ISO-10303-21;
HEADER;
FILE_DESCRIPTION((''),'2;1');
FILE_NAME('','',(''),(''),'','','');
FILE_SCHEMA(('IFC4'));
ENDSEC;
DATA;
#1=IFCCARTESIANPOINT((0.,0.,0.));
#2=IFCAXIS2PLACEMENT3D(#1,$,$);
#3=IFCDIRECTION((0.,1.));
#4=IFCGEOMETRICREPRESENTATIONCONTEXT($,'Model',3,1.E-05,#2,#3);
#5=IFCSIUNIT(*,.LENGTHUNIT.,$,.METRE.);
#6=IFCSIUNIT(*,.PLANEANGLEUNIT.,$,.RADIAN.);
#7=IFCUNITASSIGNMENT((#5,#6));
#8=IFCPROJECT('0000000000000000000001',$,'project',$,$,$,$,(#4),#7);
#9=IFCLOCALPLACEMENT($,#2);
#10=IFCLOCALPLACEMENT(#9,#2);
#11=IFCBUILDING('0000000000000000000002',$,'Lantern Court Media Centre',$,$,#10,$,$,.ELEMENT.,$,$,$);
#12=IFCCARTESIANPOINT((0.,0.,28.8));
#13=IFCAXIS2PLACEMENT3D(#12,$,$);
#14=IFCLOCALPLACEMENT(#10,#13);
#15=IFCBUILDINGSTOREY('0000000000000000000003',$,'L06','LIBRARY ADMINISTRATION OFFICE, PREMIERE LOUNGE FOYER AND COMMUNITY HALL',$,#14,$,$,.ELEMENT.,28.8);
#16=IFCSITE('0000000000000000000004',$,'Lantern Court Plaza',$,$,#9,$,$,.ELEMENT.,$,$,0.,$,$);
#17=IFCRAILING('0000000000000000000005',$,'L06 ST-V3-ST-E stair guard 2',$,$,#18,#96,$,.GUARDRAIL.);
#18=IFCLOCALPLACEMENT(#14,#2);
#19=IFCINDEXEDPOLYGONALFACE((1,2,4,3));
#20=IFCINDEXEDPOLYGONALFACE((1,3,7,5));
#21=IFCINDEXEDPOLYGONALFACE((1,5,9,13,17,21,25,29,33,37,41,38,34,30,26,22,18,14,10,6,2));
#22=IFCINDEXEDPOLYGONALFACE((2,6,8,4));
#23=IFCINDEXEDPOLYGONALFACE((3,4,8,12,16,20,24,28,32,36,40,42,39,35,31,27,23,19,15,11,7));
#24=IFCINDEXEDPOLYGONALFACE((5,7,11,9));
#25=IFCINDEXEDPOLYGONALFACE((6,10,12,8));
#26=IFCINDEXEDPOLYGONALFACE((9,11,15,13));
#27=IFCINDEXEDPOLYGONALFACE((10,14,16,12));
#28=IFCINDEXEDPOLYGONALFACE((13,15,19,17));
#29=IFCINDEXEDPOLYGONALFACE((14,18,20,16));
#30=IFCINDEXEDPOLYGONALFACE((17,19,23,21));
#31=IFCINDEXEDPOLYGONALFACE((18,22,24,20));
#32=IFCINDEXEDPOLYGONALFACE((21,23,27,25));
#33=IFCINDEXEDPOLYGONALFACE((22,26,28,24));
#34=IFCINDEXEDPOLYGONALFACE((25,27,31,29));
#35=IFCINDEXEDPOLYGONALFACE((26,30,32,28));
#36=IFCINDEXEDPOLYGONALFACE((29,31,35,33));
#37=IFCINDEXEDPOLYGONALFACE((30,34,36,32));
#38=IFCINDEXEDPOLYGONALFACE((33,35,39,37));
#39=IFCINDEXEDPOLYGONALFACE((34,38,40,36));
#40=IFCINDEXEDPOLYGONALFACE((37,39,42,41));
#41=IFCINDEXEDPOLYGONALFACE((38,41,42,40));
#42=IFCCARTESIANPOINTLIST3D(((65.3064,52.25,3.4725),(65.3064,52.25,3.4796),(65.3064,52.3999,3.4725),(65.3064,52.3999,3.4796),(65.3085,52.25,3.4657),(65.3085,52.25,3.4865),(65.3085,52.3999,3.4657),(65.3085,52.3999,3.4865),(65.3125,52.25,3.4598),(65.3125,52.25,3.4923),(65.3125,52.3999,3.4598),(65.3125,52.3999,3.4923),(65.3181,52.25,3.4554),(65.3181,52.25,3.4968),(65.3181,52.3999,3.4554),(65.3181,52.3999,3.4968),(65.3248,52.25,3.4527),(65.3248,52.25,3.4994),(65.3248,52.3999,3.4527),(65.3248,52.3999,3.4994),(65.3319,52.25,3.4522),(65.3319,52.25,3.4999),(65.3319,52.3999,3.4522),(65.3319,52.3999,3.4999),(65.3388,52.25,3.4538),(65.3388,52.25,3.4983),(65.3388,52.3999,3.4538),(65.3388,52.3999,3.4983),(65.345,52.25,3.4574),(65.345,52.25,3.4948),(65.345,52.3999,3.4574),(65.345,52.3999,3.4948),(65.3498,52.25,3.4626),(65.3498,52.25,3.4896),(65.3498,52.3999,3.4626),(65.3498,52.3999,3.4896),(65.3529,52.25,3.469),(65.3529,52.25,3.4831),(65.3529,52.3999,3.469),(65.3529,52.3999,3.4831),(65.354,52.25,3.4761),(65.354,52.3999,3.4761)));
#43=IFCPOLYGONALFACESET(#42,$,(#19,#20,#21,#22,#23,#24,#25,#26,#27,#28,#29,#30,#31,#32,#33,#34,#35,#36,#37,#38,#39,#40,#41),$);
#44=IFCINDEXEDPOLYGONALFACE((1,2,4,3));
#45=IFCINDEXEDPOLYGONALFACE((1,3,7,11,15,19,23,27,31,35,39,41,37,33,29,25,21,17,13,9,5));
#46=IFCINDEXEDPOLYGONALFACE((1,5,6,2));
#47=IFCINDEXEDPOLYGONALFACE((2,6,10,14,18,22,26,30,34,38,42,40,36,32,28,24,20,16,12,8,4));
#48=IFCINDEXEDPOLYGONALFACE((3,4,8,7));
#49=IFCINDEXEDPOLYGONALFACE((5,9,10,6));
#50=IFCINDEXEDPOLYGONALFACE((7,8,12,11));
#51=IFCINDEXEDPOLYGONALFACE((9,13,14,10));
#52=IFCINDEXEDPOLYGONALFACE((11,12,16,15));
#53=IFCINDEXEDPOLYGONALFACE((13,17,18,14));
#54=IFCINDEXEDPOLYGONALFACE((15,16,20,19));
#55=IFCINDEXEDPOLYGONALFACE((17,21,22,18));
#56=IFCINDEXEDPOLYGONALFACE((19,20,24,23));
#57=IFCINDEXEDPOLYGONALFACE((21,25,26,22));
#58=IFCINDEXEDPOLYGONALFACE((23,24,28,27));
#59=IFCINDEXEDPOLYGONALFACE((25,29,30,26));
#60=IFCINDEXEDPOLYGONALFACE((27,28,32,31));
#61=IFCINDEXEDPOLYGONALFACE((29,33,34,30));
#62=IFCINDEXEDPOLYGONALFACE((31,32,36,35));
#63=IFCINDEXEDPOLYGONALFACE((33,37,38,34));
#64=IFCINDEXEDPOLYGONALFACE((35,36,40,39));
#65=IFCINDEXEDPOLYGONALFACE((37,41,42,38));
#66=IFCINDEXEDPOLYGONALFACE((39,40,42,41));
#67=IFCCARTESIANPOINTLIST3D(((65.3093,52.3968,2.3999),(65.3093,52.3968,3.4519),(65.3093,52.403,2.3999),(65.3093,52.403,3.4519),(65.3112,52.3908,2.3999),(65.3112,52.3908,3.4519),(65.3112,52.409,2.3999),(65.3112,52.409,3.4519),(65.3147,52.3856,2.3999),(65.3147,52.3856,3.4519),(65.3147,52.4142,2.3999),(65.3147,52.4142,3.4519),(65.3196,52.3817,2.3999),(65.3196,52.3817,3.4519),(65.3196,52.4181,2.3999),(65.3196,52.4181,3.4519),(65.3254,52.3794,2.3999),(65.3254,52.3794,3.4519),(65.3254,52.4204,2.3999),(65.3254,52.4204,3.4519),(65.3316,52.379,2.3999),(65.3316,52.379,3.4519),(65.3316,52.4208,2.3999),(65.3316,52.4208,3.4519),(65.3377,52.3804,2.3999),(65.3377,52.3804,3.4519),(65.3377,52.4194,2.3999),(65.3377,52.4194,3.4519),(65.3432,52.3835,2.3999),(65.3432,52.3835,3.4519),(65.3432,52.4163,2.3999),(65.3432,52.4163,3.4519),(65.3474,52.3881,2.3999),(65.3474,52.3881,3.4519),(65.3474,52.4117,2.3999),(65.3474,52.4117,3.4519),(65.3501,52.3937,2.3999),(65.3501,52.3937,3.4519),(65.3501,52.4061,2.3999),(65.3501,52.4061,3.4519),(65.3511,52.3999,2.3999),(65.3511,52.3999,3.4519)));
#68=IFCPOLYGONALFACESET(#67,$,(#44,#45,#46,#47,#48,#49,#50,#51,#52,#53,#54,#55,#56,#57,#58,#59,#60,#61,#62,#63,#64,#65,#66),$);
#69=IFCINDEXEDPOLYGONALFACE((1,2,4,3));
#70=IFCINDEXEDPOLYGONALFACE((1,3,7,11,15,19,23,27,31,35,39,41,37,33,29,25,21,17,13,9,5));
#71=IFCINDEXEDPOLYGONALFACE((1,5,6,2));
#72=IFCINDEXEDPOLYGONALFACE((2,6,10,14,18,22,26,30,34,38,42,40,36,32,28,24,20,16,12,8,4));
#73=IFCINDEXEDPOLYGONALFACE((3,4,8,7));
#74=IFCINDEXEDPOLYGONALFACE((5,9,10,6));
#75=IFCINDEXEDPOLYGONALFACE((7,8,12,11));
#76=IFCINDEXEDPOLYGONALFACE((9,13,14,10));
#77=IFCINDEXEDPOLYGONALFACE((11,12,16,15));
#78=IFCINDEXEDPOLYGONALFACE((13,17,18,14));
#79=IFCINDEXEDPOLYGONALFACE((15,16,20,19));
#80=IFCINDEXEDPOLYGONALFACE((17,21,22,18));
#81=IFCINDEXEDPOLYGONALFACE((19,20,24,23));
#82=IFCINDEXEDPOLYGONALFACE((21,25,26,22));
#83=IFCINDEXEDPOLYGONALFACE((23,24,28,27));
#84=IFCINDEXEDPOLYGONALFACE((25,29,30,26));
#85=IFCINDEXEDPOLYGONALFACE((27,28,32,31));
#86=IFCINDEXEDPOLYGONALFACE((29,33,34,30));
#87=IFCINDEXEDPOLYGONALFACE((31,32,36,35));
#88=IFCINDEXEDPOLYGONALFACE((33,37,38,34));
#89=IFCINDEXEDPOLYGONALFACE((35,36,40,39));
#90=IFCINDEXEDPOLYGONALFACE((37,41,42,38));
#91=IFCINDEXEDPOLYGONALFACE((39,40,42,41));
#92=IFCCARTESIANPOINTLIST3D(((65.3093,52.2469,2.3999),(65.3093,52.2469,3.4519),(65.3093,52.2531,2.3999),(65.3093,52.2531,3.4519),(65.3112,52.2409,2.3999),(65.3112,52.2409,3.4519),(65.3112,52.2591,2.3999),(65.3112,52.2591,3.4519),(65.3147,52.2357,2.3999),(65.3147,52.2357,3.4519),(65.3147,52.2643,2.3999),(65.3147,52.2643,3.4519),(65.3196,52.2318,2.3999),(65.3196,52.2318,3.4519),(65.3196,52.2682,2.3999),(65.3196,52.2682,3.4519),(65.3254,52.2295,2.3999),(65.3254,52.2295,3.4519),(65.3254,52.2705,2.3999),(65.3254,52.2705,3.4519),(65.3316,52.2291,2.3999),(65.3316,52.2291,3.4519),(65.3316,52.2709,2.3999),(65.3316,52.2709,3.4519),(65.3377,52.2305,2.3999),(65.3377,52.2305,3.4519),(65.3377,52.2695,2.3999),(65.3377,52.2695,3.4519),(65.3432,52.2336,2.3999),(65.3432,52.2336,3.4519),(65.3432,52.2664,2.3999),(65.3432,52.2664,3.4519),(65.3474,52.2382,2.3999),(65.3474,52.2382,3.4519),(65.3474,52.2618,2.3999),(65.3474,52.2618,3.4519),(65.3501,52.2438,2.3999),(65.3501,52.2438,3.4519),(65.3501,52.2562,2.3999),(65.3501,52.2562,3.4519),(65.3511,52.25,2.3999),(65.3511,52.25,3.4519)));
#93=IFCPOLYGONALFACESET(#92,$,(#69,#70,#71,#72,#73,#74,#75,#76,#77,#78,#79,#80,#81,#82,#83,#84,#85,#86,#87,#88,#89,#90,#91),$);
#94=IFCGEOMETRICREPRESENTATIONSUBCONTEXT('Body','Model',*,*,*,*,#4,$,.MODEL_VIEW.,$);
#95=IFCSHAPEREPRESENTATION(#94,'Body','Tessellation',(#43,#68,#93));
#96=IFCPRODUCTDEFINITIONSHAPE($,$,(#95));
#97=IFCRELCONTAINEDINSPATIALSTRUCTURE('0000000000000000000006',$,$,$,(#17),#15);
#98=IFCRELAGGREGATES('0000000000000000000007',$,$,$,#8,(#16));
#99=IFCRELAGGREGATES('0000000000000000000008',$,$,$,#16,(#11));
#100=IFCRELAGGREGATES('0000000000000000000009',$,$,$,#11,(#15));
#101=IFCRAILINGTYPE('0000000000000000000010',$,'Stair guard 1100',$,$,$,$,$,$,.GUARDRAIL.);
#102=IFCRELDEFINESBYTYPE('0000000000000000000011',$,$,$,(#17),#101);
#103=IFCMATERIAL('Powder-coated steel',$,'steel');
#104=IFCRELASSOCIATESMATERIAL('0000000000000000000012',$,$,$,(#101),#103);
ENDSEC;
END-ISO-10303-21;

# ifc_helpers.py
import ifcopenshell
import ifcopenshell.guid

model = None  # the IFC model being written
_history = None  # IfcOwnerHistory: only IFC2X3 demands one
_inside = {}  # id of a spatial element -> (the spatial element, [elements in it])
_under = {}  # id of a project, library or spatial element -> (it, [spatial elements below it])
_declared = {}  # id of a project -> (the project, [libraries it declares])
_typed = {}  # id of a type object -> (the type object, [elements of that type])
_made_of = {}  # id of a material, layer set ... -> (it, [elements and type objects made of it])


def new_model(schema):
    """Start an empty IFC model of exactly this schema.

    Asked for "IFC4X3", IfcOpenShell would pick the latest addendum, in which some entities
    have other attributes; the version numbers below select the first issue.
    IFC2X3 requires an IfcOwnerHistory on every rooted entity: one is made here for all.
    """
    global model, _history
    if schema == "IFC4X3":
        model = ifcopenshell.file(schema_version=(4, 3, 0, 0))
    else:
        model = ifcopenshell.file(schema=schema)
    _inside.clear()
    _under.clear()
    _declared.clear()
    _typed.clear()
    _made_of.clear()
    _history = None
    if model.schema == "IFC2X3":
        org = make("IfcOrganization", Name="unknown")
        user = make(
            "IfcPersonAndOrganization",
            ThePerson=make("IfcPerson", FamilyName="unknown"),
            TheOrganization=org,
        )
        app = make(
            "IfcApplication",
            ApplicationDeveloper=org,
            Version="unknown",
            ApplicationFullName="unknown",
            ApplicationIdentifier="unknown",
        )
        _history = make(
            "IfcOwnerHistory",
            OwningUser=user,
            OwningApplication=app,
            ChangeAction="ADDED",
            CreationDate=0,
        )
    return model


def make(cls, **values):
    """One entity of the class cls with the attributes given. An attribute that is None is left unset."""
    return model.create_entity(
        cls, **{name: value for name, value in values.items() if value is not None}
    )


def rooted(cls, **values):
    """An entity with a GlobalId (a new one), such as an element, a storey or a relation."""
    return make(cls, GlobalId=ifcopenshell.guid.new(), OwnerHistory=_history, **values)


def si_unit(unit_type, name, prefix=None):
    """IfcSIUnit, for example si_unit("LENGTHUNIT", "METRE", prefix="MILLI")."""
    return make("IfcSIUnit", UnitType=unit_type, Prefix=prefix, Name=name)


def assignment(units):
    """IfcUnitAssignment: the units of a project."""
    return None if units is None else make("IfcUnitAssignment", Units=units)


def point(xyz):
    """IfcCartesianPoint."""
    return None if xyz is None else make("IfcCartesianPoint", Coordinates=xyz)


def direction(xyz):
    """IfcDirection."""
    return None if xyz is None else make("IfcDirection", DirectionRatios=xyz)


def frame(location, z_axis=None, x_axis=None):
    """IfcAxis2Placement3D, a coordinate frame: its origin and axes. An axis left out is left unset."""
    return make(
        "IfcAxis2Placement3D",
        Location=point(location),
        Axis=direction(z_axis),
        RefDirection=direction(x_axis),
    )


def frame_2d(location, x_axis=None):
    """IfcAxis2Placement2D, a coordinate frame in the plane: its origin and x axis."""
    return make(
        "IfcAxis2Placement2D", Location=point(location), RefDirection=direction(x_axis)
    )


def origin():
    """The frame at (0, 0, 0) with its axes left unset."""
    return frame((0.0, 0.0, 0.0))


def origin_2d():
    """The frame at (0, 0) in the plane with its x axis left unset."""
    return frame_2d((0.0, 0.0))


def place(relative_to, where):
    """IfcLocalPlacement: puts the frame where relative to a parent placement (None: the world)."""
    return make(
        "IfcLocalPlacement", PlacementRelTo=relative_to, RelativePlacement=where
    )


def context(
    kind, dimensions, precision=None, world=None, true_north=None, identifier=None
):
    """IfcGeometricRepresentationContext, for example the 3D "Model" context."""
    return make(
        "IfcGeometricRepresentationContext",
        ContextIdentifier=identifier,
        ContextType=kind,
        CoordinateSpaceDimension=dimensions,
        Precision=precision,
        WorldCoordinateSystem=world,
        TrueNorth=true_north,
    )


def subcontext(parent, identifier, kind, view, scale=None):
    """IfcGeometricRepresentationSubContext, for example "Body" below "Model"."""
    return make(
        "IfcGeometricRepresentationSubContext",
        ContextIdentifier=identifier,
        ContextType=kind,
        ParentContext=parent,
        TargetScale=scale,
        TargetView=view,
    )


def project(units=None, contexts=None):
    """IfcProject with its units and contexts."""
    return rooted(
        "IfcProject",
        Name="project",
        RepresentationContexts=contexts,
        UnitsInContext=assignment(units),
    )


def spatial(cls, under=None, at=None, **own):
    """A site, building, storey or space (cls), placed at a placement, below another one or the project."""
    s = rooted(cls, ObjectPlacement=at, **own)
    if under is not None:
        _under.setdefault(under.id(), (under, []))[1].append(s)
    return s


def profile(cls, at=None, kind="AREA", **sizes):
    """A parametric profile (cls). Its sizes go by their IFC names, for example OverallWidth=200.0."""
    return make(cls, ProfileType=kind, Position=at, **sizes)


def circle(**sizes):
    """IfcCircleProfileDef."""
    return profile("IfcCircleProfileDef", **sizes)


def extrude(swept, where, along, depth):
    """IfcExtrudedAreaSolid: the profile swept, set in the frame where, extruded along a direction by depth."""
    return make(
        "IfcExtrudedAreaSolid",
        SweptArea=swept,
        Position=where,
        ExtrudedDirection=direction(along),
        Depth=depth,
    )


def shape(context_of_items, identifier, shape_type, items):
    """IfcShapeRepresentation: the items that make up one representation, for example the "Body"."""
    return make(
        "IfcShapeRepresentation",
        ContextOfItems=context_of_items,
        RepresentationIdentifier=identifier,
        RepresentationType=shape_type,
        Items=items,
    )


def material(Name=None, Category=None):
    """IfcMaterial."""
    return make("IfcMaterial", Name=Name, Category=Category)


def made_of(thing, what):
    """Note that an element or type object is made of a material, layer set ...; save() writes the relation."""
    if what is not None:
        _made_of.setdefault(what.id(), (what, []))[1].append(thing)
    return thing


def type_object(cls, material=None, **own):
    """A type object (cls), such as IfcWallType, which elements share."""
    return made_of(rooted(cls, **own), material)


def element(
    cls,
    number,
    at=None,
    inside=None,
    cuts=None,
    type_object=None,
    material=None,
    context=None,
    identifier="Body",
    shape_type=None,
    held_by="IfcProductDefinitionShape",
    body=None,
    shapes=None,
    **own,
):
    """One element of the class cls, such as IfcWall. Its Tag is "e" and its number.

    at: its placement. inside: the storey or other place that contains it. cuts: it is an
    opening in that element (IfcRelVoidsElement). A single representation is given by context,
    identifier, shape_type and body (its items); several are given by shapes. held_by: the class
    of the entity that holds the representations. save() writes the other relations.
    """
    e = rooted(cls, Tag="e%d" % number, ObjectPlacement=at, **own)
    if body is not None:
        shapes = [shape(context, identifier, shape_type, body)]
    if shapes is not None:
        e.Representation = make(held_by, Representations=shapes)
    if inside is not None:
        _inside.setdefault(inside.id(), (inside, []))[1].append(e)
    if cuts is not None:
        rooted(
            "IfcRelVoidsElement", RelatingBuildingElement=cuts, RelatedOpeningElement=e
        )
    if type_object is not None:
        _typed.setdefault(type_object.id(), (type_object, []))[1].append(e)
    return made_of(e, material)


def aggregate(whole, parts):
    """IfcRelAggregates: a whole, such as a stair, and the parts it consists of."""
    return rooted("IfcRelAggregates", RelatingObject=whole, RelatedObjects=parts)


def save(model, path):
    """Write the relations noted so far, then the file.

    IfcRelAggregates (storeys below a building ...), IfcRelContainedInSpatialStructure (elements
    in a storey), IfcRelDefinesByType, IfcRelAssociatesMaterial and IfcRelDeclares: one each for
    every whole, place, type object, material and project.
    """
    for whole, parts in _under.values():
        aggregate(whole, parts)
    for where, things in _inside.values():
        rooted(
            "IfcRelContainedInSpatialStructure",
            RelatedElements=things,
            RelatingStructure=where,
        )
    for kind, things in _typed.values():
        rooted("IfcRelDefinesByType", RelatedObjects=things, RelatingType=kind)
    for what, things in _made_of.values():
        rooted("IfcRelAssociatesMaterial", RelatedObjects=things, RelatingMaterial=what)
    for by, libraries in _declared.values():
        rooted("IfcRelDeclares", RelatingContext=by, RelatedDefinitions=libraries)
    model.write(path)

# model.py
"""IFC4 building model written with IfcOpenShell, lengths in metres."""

from ifc_helpers import new_model, si_unit, direction, frame, origin, origin_2d, place, context, subcontext, project, spatial, circle, extrude, material, type_object, element, save


model = new_model("IFC4")

# Units and contexts
model_context = context("Model", 3, precision=1e-05, world=origin(), true_north=direction((0.0, 1.0)))
body_context = subcontext(model_context, "Body", "Model", "MODEL_VIEW")
ifc_project = project(units=[si_unit("LENGTHUNIT", "METRE"), si_unit("PLANEANGLEUNIT", "RADIAN")], contexts=[model_context])

# Site, building, storey
site_placement = place(None, origin())
site = spatial("IfcSite", under=ifc_project, at=site_placement, Name="Lantern Court Plaza", CompositionType="ELEMENT", RefElevation=0.0)
building_placement = place(site_placement, origin())
building = spatial("IfcBuilding", under=site, at=building_placement, Name="Lantern Court Media Centre", CompositionType="ELEMENT")
storey_placement = place(building_placement, frame((0.0, 0.0, 28.8)))
storey = spatial("IfcBuildingStorey", under=building, at=storey_placement, Name="L06", Description="LIBRARY ADMINISTRATION OFFICE, PREMIERE LOUNGE FOYER AND COMMUNITY HALL", CompositionType="ELEMENT", Elevation=28.8)

# Railing
ifc_material_1 = material(Name="Powder-coated steel", Category="steel")
railing_type_1 = type_object("IfcRailingType", Name="Stair guard 1100", PredefinedType="GUARDRAIL", material=ifc_material_1)
railing_1_placement = place(storey_placement, frame((65.3301, 52.3999, 2.3999)))
element("IfcRailing", 1, at=railing_1_placement, inside=storey, type_object=railing_type_1, Name="L06 ST-V3-ST-E stair guard 2", PredefinedType="GUARDRAIL", context=body_context, shape_type="SweptSolid", body=[
    extrude(circle(Radius=0.0239, at=origin_2d()), frame((0.0, 0.0, 1.0762), z_axis=(0.0, -1.0, 0.0), x_axis=(1.0, 0.0, 0.0)), (0.0, 0.0, 1.0), 0.1499),
    extrude(circle(Radius=0.021, at=origin_2d()), origin(), (0.0, 0.0, 1.0), 1.052),
    extrude(circle(Radius=0.021, at=origin_2d()), frame((0.0, -0.1499, 0.0)), (0.0, 0.0, 1.0), 1.052),
])

save(model, "model.ifc")
